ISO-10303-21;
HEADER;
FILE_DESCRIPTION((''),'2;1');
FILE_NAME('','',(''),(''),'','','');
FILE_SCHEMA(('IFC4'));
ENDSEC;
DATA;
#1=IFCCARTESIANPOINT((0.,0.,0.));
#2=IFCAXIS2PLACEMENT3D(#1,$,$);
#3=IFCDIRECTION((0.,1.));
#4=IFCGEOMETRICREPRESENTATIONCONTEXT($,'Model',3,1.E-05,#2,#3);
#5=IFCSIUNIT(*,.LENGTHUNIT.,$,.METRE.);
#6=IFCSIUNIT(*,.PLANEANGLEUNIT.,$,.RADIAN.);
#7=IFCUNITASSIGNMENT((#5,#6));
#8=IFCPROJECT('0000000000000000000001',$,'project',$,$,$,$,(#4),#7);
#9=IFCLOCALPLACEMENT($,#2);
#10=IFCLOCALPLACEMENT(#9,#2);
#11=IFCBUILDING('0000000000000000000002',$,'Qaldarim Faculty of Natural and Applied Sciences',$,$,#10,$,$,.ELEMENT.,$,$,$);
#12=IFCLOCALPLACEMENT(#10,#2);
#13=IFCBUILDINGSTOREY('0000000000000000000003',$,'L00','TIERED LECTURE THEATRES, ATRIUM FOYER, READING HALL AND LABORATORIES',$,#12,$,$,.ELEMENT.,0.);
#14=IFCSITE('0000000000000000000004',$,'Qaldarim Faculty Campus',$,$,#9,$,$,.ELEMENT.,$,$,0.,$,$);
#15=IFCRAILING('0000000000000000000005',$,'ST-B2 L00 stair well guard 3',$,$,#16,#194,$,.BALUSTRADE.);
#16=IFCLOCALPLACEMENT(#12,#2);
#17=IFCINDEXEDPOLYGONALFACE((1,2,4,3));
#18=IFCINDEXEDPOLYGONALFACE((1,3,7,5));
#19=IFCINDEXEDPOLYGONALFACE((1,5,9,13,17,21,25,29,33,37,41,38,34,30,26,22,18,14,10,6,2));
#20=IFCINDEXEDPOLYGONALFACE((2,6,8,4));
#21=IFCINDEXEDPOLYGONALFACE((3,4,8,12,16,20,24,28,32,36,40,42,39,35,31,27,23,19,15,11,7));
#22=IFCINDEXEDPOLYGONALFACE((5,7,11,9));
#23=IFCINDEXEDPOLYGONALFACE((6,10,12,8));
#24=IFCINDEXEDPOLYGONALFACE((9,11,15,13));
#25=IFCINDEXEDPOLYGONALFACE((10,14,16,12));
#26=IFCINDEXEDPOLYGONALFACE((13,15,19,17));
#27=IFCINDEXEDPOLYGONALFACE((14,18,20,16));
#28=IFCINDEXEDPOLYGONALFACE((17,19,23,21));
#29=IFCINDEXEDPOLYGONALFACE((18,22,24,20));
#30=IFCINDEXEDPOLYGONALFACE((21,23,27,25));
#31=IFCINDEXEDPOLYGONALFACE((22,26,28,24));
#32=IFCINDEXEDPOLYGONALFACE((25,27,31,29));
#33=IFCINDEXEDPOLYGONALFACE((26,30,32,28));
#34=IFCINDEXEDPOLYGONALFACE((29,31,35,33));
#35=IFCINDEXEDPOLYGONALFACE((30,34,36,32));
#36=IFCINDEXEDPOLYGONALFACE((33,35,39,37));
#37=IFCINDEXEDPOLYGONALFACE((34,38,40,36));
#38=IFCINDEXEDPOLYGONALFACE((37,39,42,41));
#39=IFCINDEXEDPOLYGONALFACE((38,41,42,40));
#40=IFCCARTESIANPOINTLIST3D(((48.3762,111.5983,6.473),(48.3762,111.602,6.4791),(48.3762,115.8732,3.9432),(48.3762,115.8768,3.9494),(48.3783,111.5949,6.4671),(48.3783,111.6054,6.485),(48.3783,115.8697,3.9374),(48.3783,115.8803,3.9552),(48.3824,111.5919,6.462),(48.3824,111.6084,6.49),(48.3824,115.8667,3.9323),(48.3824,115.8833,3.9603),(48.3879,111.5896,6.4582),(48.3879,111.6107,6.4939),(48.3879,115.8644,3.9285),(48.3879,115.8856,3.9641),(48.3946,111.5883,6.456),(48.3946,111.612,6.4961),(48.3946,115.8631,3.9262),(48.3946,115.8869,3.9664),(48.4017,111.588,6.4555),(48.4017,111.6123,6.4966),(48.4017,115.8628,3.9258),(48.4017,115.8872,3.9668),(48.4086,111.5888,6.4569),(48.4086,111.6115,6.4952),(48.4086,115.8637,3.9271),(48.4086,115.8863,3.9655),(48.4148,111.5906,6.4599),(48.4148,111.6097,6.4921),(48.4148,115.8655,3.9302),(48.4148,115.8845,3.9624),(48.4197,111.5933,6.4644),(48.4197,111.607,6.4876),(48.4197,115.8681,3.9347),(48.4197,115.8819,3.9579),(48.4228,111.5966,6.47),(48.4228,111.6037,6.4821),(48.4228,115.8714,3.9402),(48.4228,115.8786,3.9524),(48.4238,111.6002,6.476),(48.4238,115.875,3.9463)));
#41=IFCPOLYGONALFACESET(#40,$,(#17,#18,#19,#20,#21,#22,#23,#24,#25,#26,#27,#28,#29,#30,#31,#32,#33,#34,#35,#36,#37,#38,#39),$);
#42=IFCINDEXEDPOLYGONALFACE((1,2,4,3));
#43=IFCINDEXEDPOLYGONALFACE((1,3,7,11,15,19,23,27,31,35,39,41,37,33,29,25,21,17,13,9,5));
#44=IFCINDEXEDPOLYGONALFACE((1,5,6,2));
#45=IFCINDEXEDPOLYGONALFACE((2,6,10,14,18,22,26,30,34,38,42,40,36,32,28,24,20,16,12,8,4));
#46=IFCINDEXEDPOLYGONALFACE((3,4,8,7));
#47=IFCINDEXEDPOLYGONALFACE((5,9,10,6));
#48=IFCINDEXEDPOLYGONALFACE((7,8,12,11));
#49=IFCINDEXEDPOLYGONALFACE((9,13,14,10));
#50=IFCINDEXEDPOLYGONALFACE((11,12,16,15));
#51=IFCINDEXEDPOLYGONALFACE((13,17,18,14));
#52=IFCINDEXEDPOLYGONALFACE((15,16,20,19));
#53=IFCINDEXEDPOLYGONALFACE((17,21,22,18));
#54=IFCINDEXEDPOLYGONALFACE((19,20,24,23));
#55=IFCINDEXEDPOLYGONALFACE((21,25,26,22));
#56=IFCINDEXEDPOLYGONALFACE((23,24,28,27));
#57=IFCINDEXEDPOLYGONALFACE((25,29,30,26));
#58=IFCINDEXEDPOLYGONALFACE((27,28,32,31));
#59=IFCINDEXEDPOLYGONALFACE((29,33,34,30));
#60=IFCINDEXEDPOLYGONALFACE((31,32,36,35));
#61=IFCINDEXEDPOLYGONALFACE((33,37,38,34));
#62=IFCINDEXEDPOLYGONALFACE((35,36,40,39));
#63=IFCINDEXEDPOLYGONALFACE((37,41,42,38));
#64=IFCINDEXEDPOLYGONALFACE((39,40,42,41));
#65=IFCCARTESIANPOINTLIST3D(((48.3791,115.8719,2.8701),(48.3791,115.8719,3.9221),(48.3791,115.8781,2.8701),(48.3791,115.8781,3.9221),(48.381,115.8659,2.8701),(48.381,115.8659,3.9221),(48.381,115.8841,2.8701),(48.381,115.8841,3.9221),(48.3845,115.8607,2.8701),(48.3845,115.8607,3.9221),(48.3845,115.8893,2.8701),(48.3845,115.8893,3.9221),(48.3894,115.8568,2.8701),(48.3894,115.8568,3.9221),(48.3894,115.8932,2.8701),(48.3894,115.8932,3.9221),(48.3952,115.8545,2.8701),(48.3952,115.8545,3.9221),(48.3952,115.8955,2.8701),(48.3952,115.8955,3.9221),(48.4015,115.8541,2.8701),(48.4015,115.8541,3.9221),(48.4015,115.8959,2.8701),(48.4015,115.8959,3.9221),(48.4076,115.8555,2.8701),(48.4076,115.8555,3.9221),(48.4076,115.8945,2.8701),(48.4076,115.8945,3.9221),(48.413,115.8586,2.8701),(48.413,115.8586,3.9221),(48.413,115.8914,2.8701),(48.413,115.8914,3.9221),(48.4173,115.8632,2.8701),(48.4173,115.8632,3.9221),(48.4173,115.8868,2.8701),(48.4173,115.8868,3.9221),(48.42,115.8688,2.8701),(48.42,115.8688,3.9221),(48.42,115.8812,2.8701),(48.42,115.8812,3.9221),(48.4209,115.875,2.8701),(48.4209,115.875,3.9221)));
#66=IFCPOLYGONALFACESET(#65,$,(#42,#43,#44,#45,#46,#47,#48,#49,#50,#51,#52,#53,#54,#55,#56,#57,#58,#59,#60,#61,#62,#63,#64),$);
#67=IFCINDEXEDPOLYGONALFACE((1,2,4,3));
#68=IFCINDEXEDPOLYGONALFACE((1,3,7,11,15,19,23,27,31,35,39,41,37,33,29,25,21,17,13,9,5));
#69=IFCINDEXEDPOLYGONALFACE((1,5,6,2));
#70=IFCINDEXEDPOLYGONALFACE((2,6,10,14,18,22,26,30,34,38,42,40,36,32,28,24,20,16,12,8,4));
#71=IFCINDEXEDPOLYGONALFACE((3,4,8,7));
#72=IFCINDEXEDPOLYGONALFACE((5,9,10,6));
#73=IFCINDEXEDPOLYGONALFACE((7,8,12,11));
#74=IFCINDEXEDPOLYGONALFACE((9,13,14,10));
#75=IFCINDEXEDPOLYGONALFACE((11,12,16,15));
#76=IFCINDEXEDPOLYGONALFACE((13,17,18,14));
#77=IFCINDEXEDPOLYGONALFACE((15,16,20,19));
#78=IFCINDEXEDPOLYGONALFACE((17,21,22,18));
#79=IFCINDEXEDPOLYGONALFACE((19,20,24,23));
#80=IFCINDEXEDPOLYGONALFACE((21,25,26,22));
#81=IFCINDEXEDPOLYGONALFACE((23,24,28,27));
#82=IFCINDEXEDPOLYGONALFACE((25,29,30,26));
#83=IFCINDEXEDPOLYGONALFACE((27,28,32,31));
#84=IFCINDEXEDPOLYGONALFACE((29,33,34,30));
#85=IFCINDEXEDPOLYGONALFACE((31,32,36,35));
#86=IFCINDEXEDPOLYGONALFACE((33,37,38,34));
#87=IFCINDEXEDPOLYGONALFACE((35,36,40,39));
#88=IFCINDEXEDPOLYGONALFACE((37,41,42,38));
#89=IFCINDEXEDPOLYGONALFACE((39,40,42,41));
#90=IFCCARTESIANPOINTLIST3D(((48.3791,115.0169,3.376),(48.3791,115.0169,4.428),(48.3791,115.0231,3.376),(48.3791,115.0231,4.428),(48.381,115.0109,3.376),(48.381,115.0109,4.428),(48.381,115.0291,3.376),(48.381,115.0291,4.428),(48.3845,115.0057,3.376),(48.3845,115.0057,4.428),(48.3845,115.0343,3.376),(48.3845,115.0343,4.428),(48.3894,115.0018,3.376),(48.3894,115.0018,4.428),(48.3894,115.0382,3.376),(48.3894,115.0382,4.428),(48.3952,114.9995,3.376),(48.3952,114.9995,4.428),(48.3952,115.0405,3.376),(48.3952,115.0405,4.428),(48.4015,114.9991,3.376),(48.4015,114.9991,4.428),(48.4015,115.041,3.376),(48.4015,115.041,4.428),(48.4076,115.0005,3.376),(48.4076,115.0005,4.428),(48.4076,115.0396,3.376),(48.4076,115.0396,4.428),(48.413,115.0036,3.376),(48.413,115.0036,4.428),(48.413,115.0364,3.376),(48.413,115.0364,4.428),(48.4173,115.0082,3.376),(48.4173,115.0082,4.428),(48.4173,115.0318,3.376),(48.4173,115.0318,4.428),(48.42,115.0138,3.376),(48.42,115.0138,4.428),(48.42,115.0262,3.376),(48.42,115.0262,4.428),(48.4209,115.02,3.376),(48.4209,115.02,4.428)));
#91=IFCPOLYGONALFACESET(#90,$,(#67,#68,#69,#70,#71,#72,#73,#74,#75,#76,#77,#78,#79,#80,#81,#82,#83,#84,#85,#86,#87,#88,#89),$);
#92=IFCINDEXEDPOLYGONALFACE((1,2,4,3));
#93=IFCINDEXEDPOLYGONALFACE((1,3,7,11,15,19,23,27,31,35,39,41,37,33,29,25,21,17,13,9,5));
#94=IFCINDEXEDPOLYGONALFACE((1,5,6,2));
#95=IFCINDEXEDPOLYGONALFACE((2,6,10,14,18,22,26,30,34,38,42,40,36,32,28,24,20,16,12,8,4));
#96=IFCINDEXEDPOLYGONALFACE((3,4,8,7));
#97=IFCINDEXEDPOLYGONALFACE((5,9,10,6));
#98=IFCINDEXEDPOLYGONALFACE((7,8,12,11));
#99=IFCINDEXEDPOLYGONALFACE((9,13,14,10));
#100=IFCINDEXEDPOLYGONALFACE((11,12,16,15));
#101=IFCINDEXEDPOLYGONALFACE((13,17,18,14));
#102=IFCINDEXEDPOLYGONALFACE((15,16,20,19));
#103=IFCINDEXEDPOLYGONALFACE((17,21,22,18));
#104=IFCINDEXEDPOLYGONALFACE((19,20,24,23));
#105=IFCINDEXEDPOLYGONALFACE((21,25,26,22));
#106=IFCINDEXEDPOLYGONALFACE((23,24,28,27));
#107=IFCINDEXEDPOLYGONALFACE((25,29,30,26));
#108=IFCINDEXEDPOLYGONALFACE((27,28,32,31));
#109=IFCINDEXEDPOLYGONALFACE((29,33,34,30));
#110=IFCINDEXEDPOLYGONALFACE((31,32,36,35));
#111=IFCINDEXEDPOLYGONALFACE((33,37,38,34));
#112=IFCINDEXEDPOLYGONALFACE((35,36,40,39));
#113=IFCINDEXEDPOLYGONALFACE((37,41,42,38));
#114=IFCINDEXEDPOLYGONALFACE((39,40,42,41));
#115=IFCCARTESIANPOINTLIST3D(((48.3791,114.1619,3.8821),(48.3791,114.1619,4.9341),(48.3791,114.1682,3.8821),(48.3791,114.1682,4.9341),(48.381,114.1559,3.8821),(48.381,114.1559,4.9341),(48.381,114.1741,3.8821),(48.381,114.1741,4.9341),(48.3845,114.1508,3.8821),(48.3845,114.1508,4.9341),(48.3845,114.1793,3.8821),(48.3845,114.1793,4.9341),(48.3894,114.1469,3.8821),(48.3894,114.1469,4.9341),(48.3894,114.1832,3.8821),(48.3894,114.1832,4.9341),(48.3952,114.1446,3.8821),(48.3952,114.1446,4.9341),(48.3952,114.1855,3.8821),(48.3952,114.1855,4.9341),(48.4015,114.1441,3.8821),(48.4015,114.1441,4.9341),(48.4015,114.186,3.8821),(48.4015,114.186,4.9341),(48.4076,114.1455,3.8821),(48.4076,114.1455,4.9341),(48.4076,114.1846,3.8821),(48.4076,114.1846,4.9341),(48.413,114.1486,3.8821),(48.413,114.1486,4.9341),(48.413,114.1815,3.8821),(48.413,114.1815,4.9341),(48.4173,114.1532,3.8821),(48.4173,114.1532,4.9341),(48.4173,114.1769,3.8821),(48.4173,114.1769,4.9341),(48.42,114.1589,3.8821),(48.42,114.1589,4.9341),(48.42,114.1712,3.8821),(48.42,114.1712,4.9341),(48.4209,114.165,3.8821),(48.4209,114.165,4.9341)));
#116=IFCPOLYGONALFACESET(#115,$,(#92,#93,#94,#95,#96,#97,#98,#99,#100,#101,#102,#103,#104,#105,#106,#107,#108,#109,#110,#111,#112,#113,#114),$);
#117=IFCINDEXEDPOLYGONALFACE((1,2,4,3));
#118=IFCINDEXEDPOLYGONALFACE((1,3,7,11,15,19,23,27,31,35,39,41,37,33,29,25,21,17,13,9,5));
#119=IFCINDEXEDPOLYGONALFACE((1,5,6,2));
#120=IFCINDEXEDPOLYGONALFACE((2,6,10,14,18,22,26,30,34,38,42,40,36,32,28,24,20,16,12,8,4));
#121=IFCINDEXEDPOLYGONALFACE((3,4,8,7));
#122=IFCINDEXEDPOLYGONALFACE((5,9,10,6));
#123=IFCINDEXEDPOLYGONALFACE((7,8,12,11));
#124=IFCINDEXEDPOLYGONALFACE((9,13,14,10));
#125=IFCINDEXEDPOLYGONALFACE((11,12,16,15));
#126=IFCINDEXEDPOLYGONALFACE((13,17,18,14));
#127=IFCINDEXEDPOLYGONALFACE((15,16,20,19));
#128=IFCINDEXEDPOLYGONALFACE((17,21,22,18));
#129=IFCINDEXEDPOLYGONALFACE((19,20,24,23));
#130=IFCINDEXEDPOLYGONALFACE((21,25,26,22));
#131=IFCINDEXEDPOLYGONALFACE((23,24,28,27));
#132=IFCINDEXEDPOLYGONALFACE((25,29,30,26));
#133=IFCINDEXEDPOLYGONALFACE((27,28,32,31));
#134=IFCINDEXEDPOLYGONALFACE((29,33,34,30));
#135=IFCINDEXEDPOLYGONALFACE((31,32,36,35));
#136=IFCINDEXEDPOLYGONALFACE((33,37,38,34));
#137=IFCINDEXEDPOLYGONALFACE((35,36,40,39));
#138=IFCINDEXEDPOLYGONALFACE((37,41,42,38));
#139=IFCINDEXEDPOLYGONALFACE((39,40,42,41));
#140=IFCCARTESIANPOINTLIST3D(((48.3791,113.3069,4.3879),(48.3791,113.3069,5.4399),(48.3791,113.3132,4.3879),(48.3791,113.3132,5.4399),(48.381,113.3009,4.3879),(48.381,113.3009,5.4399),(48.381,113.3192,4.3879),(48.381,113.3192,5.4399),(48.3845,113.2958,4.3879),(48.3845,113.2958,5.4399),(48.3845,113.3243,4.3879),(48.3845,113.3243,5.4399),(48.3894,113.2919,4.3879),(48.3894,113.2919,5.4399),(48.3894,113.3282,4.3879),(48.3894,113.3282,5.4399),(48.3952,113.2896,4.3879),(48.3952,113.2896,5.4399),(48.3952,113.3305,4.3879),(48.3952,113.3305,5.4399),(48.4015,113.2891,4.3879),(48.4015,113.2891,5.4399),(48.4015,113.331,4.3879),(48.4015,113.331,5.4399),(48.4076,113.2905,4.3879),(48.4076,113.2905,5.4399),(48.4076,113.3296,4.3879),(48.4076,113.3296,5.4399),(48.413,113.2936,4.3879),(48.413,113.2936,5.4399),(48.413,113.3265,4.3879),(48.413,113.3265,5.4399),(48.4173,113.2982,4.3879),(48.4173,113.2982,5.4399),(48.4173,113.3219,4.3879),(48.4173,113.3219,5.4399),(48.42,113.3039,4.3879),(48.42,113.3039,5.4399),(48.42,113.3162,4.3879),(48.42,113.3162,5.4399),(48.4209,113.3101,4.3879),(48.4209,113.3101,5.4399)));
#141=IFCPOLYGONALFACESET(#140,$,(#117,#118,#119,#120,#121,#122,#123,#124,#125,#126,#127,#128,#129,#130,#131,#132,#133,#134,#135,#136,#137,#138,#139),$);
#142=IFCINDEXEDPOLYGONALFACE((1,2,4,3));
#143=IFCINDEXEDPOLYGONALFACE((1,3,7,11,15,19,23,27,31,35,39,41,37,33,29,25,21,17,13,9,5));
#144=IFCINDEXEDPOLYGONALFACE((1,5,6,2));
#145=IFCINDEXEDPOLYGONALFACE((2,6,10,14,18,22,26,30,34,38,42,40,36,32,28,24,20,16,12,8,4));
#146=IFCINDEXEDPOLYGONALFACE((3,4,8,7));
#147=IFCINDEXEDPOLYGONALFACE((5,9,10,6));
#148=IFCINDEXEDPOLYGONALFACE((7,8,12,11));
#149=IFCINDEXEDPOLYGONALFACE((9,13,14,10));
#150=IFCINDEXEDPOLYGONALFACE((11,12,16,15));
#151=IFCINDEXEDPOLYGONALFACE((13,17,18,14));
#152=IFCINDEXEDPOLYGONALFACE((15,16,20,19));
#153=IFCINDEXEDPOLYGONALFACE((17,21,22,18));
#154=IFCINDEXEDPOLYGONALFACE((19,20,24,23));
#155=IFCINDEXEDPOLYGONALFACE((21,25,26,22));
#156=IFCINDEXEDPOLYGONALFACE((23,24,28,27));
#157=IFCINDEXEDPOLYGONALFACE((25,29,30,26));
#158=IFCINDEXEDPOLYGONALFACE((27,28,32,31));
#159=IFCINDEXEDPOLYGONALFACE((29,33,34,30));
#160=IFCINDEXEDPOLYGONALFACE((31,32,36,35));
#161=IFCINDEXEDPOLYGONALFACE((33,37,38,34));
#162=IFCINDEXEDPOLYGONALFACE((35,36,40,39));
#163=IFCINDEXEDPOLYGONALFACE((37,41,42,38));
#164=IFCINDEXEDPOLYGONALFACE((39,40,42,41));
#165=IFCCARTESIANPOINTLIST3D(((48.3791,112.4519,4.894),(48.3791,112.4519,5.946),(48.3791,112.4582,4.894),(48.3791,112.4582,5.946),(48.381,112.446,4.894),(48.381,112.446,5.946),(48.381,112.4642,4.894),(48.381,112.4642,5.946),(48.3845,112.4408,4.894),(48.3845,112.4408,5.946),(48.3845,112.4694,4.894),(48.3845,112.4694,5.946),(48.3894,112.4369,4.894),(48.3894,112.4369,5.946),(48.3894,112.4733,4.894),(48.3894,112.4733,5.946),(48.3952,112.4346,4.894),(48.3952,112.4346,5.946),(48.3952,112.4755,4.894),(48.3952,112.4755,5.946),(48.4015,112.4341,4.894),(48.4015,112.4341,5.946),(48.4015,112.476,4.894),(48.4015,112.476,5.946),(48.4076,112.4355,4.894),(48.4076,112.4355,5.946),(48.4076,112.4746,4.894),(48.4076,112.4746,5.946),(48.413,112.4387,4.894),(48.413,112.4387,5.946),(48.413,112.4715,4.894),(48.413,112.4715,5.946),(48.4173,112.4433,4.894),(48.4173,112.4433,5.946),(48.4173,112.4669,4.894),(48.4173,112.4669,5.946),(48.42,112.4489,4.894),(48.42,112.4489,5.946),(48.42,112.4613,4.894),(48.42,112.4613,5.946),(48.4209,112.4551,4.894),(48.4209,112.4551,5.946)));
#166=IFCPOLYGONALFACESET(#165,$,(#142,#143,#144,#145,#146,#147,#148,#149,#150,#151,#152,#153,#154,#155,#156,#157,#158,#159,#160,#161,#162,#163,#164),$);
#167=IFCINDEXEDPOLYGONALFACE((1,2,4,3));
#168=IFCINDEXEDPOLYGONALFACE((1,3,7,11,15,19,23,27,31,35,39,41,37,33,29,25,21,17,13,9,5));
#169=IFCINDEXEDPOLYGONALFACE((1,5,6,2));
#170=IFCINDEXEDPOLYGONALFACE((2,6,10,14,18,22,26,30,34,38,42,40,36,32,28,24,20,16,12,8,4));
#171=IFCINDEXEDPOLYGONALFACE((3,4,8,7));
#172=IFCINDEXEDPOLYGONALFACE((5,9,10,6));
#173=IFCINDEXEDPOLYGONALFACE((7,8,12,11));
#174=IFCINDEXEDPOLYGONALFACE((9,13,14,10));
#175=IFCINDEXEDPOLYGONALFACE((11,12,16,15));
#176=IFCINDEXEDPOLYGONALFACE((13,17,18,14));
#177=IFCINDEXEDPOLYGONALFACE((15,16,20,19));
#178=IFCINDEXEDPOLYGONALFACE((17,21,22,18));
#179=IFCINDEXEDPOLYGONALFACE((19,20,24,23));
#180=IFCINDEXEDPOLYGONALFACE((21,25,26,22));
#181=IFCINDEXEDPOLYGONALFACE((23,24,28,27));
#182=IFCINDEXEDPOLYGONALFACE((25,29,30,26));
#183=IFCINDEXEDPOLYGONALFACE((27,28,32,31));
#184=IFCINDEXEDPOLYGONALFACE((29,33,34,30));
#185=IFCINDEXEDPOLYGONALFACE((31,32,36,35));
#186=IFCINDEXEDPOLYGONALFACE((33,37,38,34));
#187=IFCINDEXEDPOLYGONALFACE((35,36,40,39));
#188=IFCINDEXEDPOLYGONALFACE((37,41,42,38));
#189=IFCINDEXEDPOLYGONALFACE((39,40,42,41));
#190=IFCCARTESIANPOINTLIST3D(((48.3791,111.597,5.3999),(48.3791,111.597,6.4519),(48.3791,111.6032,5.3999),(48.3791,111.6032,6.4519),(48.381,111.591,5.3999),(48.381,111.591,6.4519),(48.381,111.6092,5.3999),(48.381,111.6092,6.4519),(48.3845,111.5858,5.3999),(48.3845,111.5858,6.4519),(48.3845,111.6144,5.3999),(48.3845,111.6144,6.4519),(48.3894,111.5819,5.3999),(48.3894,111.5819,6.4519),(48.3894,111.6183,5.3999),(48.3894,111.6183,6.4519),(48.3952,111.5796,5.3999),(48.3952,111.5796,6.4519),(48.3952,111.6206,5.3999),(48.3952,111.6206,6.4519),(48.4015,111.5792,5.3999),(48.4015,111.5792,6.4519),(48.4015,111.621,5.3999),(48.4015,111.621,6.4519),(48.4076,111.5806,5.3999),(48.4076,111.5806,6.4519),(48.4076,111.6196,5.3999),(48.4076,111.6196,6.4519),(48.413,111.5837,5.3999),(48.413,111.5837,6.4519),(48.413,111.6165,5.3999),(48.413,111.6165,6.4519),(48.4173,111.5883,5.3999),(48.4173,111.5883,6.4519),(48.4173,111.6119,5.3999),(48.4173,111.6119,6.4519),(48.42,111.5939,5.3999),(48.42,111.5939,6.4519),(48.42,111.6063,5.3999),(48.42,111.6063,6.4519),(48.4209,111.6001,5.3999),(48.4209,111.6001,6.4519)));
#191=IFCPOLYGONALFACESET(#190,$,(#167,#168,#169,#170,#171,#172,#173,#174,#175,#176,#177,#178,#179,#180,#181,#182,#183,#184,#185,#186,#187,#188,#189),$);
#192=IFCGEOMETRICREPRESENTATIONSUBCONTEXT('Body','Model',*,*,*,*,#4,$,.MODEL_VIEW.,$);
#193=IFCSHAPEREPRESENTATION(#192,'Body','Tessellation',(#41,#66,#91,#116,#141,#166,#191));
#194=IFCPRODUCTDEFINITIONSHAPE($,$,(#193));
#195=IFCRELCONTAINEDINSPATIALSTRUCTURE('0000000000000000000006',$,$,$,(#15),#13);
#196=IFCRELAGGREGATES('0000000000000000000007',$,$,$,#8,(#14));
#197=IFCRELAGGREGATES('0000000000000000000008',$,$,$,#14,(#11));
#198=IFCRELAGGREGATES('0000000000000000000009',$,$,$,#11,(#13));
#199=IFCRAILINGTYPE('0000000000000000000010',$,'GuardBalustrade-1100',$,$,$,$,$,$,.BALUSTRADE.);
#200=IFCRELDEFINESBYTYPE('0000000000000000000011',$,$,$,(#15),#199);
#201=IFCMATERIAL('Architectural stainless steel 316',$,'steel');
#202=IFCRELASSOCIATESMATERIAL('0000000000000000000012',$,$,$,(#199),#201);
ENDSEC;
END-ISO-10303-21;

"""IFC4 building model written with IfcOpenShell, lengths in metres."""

from ifc_helpers import new_model, si_unit, direction, frame, origin, origin_2d, place, context, subcontext, project, spatial, circle, extrude, material, type_object, element, save


model = new_model("IFC4")

# Units and contexts
model_context = context("Model", 3, precision=1e-05, world=origin(), true_north=direction((0.0, 1.0)))
body_context = subcontext(model_context, "Body", "Model", "MODEL_VIEW")
ifc_project = project(units=[si_unit("LENGTHUNIT", "METRE"), si_unit("PLANEANGLEUNIT", "RADIAN")], contexts=[model_context])

# Site, building, storey
site_placement = place(None, origin())
site = spatial("IfcSite", under=ifc_project, at=site_placement, Name="Qaldarim Faculty Campus", CompositionType="ELEMENT", RefElevation=0.0)
building_placement = place(site_placement, origin())
building = spatial("IfcBuilding", under=site, at=building_placement, Name="Qaldarim Faculty of Natural and Applied Sciences", CompositionType="ELEMENT")
storey_placement = place(building_placement, origin())
storey = spatial("IfcBuildingStorey", under=building, at=storey_placement, Name="L00", Description="TIERED LECTURE THEATRES, ATRIUM FOYER, READING HALL AND LABORATORIES", CompositionType="ELEMENT", Elevation=0.0)

# Shared definitions
ifc_material_1 = material(Name="Architectural stainless steel 316", Category="steel")

# Railing
railing_type_1 = type_object("IfcRailingType", Name="GuardBalustrade-1100", PredefinedType="BALUSTRADE", material=ifc_material_1)
railing_1_placement = place(storey_placement, frame((48.3999, 115.875, 2.8701)))
element("IfcRailing", 1, at=railing_1_placement, inside=storey, type_object=railing_type_1, Name="ST-B2 L00 stair well guard 3", PredefinedType="BALUSTRADE", context=body_context, shape_type="SweptSolid", body=[
    extrude(circle(Radius=0.0239, at=origin_2d()), frame((0.0, 0.0, 1.0762), z_axis=(0.0, -0.8606, 0.509282), x_axis=(1.0, 0.0, 0.0)), (0.0, 0.0, 1.0), 4.9673),
    extrude(circle(Radius=0.021, at=origin_2d()), origin(), (0.0, 0.0, 1.0), 1.052),
    extrude(circle(Radius=0.021, at=origin_2d()), frame((0.0, -0.855, 0.5059)), (0.0, 0.0, 1.0), 1.052),
    extrude(circle(Radius=0.021, at=origin_2d()), frame((0.0, -1.71, 1.012)), (0.0, 0.0, 1.0), 1.052),
    extrude(circle(Radius=0.021, at=origin_2d()), frame((0.0, -2.5649, 1.5178)), (0.0, 0.0, 1.0), 1.052),
    extrude(circle(Radius=0.021, at=origin_2d()), frame((0.0, -3.4199, 2.0239)), (0.0, 0.0, 1.0), 1.052),
    extrude(circle(Radius=0.021, at=origin_2d()), frame((0.0, -4.2749, 2.5298)), (0.0, 0.0, 1.0), 1.052),
])

save(model, "model.ifc")
